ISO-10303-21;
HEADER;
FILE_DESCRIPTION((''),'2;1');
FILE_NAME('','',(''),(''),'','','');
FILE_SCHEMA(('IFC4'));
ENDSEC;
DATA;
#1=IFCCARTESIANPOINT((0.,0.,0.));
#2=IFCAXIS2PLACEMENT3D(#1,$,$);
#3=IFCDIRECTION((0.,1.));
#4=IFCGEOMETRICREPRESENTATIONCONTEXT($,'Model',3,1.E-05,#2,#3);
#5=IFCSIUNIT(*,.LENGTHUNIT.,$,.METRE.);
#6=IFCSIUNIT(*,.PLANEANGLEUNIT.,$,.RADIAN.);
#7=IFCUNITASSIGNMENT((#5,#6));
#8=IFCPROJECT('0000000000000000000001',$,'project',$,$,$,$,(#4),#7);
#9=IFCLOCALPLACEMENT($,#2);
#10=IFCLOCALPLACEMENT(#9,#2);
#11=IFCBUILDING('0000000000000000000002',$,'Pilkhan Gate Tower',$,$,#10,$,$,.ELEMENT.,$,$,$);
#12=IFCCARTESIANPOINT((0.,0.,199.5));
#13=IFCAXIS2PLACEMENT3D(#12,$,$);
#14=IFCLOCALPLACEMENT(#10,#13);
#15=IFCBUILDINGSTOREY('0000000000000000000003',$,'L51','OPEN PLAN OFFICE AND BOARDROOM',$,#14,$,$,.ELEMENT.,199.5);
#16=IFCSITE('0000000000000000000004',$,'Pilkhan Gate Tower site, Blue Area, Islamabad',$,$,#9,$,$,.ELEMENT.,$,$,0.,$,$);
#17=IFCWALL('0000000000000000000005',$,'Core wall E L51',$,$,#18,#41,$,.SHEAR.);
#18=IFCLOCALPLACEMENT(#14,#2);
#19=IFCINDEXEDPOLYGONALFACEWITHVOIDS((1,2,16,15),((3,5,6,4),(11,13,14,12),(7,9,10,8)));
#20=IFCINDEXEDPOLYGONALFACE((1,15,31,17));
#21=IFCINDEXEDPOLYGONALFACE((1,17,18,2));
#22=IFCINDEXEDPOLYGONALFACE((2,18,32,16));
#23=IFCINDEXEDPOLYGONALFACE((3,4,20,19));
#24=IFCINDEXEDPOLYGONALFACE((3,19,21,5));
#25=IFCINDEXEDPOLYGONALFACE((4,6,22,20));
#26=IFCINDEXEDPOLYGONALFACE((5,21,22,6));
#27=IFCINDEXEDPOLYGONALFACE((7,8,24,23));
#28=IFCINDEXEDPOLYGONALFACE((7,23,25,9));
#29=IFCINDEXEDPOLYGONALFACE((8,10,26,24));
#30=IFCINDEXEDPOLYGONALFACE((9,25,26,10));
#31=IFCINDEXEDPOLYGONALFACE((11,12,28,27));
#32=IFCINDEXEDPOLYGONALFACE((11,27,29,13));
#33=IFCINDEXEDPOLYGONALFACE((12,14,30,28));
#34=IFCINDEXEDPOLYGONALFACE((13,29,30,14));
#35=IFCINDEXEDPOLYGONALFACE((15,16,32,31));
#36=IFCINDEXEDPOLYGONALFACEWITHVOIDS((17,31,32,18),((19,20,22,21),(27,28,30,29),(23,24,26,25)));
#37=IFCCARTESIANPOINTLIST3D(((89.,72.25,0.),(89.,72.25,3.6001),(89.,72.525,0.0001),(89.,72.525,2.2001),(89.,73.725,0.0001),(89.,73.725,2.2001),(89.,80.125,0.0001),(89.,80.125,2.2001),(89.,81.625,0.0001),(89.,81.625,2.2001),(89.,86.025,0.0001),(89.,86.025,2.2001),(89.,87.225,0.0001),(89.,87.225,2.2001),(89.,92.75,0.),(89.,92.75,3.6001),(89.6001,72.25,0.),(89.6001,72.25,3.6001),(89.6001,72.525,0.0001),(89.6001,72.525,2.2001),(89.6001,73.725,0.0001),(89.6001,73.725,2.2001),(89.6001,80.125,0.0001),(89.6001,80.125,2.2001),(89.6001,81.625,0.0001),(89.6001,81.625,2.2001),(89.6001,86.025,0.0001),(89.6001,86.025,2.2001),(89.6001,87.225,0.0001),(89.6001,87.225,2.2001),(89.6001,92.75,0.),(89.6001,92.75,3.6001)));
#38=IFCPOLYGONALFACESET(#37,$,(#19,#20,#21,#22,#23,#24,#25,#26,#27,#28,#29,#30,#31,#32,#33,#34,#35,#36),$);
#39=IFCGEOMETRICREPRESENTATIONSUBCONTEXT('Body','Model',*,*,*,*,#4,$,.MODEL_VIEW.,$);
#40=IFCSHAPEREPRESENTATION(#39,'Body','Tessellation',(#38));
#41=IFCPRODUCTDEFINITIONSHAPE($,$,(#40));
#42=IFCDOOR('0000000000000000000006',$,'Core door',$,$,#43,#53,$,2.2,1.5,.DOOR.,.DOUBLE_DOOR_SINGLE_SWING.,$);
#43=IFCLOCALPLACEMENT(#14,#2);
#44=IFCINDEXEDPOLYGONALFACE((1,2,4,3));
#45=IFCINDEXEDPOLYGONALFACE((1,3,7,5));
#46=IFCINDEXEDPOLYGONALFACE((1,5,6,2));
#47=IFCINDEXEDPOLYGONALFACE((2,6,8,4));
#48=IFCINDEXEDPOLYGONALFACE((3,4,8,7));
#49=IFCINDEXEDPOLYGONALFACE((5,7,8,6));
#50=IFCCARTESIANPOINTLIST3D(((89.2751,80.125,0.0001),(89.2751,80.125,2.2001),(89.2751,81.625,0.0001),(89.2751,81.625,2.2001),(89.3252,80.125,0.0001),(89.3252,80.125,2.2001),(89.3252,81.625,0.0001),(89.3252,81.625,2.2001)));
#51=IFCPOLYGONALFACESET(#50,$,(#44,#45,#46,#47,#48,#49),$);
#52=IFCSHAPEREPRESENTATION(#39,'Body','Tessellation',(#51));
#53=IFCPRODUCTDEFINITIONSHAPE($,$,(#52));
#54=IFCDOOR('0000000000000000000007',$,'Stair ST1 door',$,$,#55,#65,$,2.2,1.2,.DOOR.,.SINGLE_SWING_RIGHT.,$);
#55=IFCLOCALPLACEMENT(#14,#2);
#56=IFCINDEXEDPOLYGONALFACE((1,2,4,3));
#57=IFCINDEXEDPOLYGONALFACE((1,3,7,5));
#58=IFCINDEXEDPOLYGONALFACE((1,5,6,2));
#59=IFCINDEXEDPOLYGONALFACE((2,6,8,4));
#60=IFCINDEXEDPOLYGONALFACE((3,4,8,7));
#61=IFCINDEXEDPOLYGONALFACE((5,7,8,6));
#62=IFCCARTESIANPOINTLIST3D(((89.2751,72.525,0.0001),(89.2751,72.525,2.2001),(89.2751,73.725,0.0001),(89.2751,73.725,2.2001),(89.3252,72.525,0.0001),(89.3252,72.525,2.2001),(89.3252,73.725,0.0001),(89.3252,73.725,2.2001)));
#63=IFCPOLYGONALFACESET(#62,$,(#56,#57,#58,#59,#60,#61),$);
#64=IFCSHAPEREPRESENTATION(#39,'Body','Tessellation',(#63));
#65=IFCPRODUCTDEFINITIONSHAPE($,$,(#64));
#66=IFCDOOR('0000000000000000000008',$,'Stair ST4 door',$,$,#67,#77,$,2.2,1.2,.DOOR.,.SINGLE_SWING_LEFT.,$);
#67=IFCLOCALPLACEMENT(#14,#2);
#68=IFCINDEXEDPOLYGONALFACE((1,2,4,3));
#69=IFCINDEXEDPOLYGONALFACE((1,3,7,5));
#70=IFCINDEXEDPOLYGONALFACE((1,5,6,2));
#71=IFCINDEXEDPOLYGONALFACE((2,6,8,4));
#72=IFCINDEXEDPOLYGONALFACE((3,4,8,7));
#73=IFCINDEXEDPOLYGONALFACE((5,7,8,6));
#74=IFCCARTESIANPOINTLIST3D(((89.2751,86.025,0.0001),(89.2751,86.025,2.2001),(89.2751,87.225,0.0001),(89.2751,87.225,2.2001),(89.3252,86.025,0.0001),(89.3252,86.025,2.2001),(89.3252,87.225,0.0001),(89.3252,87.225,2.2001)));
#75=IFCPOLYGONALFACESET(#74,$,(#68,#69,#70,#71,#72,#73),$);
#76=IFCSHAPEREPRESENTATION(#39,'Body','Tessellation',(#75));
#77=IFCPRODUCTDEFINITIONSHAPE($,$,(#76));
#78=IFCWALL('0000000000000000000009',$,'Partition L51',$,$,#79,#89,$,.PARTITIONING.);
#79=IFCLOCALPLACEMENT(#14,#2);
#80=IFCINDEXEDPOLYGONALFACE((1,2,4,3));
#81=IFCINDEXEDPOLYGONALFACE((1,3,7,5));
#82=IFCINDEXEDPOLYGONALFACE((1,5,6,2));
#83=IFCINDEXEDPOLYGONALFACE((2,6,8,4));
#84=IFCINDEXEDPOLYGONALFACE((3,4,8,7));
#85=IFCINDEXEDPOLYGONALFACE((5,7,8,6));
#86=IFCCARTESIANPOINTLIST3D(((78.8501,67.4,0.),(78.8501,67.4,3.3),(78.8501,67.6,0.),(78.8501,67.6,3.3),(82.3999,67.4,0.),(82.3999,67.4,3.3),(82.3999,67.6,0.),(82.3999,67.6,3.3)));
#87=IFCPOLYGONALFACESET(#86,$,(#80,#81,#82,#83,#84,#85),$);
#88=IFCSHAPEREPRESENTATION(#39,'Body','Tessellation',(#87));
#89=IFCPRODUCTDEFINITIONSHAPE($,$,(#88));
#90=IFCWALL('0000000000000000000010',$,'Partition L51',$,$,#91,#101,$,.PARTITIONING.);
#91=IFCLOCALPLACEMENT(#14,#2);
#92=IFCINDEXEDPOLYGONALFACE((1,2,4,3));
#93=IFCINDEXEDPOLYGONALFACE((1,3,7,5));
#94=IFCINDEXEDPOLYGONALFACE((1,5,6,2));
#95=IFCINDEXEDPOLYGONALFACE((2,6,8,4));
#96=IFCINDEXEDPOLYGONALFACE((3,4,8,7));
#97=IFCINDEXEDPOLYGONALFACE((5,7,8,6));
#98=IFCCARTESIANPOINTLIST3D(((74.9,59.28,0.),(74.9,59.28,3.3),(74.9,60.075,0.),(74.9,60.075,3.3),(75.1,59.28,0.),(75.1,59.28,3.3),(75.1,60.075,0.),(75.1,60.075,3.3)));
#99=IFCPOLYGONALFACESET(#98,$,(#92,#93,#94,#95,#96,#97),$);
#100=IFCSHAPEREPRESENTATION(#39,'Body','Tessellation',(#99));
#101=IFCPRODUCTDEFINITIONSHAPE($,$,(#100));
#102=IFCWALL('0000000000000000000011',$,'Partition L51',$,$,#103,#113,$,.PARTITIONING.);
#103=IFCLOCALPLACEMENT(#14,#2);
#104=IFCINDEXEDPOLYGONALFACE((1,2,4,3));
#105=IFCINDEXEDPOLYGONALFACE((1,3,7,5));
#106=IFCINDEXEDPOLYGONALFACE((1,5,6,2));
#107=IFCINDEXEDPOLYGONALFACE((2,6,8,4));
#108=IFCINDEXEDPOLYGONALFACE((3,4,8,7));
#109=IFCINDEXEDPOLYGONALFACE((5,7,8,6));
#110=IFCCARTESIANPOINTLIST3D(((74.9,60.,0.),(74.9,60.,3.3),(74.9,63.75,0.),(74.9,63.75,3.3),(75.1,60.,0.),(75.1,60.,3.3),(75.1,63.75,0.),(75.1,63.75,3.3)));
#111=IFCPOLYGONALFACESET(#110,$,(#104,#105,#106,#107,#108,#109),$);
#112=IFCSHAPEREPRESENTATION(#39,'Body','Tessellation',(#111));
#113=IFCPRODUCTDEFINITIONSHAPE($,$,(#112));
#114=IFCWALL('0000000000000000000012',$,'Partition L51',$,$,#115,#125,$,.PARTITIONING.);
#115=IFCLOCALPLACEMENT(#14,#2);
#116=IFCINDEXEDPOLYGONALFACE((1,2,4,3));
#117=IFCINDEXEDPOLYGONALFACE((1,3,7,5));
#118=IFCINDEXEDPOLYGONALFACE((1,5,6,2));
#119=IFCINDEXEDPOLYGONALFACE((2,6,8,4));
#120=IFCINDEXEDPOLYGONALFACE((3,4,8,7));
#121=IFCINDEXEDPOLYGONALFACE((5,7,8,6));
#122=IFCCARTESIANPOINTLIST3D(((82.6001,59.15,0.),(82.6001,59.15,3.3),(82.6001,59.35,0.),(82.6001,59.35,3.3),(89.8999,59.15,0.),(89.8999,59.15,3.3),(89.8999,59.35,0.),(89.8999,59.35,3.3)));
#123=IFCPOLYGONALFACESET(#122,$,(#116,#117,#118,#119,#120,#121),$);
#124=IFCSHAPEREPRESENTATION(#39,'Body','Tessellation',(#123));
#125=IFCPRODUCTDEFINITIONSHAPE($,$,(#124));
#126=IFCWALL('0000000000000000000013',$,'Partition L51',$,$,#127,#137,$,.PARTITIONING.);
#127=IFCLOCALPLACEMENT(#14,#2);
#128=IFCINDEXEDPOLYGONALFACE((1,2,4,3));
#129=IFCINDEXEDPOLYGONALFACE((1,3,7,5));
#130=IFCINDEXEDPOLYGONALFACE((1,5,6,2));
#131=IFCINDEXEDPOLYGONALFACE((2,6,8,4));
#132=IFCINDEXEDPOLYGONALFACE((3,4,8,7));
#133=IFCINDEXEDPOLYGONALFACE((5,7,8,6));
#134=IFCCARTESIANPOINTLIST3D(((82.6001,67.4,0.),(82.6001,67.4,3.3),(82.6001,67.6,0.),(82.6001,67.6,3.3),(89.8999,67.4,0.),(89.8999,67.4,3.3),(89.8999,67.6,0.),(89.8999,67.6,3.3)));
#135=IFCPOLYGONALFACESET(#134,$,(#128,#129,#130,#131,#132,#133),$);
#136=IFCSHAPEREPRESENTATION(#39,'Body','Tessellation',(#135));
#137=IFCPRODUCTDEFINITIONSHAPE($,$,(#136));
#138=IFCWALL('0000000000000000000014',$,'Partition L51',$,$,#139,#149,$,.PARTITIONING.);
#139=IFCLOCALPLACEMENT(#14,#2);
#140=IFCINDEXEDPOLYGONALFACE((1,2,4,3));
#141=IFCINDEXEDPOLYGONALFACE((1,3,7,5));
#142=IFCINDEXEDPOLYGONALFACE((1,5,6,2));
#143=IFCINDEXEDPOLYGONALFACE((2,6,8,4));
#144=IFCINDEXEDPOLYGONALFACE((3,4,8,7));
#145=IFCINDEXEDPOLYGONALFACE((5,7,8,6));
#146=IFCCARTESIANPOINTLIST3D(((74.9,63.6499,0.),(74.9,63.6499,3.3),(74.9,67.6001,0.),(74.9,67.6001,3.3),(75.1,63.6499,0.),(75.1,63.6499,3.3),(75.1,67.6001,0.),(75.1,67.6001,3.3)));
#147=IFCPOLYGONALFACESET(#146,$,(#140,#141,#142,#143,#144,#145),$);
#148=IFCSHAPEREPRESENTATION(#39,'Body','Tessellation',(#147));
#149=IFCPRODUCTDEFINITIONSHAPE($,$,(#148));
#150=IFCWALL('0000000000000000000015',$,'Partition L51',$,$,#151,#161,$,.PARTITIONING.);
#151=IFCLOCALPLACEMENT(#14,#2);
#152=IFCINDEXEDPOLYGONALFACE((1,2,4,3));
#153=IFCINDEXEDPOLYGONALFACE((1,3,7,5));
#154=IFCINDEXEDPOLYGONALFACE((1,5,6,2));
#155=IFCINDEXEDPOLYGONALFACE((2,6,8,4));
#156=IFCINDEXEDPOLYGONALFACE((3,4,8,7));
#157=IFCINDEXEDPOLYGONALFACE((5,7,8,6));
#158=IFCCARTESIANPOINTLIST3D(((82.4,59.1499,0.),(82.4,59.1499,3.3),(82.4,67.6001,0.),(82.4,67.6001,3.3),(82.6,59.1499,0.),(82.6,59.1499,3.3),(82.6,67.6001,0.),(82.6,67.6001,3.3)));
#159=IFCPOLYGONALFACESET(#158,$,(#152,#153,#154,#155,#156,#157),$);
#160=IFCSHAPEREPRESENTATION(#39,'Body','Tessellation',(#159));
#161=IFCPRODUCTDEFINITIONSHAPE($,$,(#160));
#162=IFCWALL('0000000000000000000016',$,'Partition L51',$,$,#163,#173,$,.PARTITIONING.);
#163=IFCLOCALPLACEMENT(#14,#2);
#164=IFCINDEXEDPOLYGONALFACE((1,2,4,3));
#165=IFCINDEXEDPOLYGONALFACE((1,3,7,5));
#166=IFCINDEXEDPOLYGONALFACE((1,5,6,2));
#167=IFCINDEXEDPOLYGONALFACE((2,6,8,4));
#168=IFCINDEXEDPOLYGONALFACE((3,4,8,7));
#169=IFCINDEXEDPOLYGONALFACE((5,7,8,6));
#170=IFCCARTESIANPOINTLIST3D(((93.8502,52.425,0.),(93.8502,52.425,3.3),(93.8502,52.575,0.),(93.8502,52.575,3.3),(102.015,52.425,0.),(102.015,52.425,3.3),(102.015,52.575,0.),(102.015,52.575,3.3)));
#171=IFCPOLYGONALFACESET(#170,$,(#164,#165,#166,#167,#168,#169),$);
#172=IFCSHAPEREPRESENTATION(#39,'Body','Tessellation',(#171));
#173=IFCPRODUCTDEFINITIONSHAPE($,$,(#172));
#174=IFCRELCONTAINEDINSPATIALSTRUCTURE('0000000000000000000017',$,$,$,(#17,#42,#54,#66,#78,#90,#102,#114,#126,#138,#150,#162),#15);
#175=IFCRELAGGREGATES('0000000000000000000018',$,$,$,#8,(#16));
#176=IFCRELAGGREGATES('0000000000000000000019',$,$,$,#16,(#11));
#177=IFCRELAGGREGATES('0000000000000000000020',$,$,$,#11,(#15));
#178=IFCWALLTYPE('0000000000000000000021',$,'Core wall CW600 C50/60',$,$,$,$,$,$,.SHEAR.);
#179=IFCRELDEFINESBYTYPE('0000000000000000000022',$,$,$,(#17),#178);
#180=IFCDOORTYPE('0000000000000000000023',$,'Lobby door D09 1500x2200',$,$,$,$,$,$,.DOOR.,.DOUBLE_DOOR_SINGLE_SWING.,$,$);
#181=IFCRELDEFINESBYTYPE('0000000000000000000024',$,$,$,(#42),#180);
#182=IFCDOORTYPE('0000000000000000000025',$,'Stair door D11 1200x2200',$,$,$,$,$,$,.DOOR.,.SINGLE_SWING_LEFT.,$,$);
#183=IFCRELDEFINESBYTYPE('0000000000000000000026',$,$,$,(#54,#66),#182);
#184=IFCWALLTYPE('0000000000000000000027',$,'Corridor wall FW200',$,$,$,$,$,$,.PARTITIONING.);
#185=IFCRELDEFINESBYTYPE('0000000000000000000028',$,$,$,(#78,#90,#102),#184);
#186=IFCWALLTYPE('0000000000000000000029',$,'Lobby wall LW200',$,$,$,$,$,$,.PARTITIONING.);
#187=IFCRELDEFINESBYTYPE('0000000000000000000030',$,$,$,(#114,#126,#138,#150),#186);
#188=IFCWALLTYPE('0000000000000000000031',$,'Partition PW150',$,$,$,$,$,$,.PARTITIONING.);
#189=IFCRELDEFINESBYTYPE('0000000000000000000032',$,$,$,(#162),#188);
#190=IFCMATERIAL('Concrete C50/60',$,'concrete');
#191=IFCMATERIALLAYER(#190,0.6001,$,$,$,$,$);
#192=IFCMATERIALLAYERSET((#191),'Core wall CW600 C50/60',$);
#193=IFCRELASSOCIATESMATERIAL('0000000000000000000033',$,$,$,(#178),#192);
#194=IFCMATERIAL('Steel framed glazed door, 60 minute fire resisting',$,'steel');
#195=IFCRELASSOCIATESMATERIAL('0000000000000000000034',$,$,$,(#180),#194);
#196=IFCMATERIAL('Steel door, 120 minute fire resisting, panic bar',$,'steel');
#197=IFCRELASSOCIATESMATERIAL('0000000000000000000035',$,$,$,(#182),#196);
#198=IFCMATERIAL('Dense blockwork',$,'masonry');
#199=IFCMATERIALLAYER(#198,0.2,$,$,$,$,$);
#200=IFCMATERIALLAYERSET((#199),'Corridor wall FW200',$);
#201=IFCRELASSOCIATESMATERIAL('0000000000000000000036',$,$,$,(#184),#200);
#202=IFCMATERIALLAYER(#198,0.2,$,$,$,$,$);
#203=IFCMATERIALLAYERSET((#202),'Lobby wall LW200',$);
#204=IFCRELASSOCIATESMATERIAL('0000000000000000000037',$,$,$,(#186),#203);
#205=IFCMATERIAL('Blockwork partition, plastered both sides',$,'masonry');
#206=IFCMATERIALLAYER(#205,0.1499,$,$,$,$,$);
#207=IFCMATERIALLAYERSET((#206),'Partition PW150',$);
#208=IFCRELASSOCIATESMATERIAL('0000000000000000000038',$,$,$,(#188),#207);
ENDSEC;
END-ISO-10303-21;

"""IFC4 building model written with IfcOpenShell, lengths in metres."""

from ifc_helpers import new_model, si_unit, direction, frame, frame_2d, origin, place, context, subcontext, project, spatial, rectangle, extrude, material, layer, layer_set, type_object, element, fill, save


model = new_model("IFC4")

# Units and contexts
model_context = context("Model", 3, precision=1e-05, world=origin(), true_north=direction((0.0, 1.0)))
body_context = subcontext(model_context, "Body", "Model", "MODEL_VIEW")
ifc_project = project(units=[si_unit("LENGTHUNIT", "METRE"), si_unit("PLANEANGLEUNIT", "RADIAN")], contexts=[model_context])

# Site, building, storey
site_placement = place(None, origin())
site = spatial("IfcSite", under=ifc_project, at=site_placement, Name="Pilkhan Gate Tower site, Blue Area, Islamabad", CompositionType="ELEMENT", RefElevation=0.0)
building_placement = place(site_placement, origin())
building = spatial("IfcBuilding", under=site, at=building_placement, Name="Pilkhan Gate Tower", CompositionType="ELEMENT")
storey_placement = place(building_placement, frame((0.0, 0.0, 199.5)))
storey = spatial("IfcBuildingStorey", under=building, at=storey_placement, Name="L51", Description="OPEN PLAN OFFICE AND BOARDROOM", CompositionType="ELEMENT", Elevation=199.5)

# Shared definitions
ifc_material_1 = material(Name="Concrete C50/60", Category="concrete")

# Wall, openings, doors
ifc_layer_1 = layer(ifc_material_1, 0.6001)
ifc_layer_set_1 = layer_set([ifc_layer_1], Name="Core wall CW600 C50/60")
wall_type_1 = type_object("IfcWallType", Name="Core wall CW600 C50/60", PredefinedType="SHEAR", material=ifc_layer_set_1)
wall_1_placement = place(storey_placement, frame((89.3, 72.25, 0.0), z_axis=(0.0, 0.0, 1.0), x_axis=(0.0, 1.0, 0.0)))
wall_1 = element("IfcWall", 1, at=wall_1_placement, inside=storey, type_object=wall_type_1, Name="Core wall E L51", PredefinedType="SHEAR", context=body_context, shape_type="SweptSolid", body=[
    extrude(rectangle(XDim=20.5, YDim=0.6001, at=frame_2d((10.25, 0.0))), origin(), (0.0, 0.0, 1.0), 3.6001),
])
opening_1_placement = place(wall_1_placement, frame((0.2749, 0.0, 0.0)))
opening_1 = element("IfcOpeningElement", 2, at=opening_1_placement, cuts=wall_1, PredefinedType="OPENING", context=body_context, shape_type="SweptSolid", body=[
    extrude(rectangle(XDim=1.2, YDim=2.2, at=frame_2d((0.6001, 1.1001))), frame((0.0, 0.3101, 0.0), z_axis=(0.0, -1.0, 0.0), x_axis=(1.0, 0.0, 0.0)), (0.0, 0.0, 1.0), 0.6201),
])
opening_2_placement = place(wall_1_placement, frame((13.7749, 0.0, 0.0)))
opening_2 = element("IfcOpeningElement", 3, at=opening_2_placement, cuts=wall_1, PredefinedType="OPENING", context=body_context, shape_type="SweptSolid", body=[
    extrude(rectangle(XDim=1.2, YDim=2.2, at=frame_2d((0.6001, 1.1001))), frame((0.0, 0.3101, 0.0), z_axis=(0.0, -1.0, 0.0), x_axis=(1.0, 0.0, 0.0)), (0.0, 0.0, 1.0), 0.6201),
])
opening_3_placement = place(wall_1_placement, frame((7.875, 0.0, 0.0)))
opening_3 = element("IfcOpeningElement", 4, at=opening_3_placement, cuts=wall_1, PredefinedType="OPENING", context=body_context, shape_type="SweptSolid", body=[
    extrude(rectangle(XDim=1.5, YDim=2.2, at=frame_2d((0.75, 1.1001))), frame((0.0, 0.3101, 0.0), z_axis=(0.0, -1.0, 0.0), x_axis=(1.0, 0.0, 0.0)), (0.0, 0.0, 1.0), 0.6201),
])
ifc_material_2 = material(Name="Steel framed glazed door, 60 minute fire resisting", Category="steel")
door_type_1 = type_object("IfcDoorType", Name="Lobby door D09 1500x2200", OperationType="DOUBLE_DOOR_SINGLE_SWING", PredefinedType="DOOR", material=ifc_material_2)
door_1_placement = place(opening_3_placement, origin())
door_1 = element("IfcDoor", 5, at=door_1_placement, inside=storey, type_object=door_type_1, Name="Core door", OperationType="DOUBLE_DOOR_SINGLE_SWING", OverallHeight=2.2, OverallWidth=1.5, PredefinedType="DOOR", context=body_context, shape_type="SweptSolid", body=[
    extrude(rectangle(XDim=1.5, YDim=2.2, at=frame_2d((0.75, 1.1001))), frame((0.0, 0.0249, 0.0), z_axis=(0.0, -1.0, 0.0), x_axis=(1.0, 0.0, 0.0)), (0.0, 0.0, 1.0), 0.05),
])
fill(opening_3, door_1)
ifc_material_3 = material(Name="Steel door, 120 minute fire resisting, panic bar", Category="steel")
door_type_2 = type_object("IfcDoorType", Name="Stair door D11 1200x2200", OperationType="SINGLE_SWING_LEFT", PredefinedType="DOOR", material=ifc_material_3)
door_2_placement = place(opening_1_placement, origin())
door_2 = element("IfcDoor", 6, at=door_2_placement, inside=storey, type_object=door_type_2, Name="Stair ST1 door", OperationType="SINGLE_SWING_RIGHT", OverallHeight=2.2, OverallWidth=1.2, PredefinedType="DOOR", context=body_context, shape_type="SweptSolid", body=[
    extrude(rectangle(XDim=1.2, YDim=2.2, at=frame_2d((0.6001, 1.1001))), frame((0.0, 0.0249, 0.0), z_axis=(0.0, -1.0, 0.0), x_axis=(1.0, 0.0, 0.0)), (0.0, 0.0, 1.0), 0.05),
])
fill(opening_1, door_2)
door_3_placement = place(opening_2_placement, origin())
door_3 = element("IfcDoor", 7, at=door_3_placement, inside=storey, type_object=door_type_2, Name="Stair ST4 door", OperationType="SINGLE_SWING_LEFT", OverallHeight=2.2, OverallWidth=1.2, PredefinedType="DOOR", context=body_context, shape_type="SweptSolid", body=[
    extrude(rectangle(XDim=1.2, YDim=2.2, at=frame_2d((0.6001, 1.1001))), frame((0.0, 0.0249, 0.0), z_axis=(0.0, -1.0, 0.0), x_axis=(1.0, 0.0, 0.0)), (0.0, 0.0, 1.0), 0.05),
])
fill(opening_2, door_3)

# Walls
ifc_material_4 = material(Name="Dense blockwork", Category="masonry")
ifc_layer_2 = layer(ifc_material_4, 0.2)
ifc_layer_set_2 = layer_set([ifc_layer_2], Name="Corridor wall FW200")
wall_type_2 = type_object("IfcWallType", Name="Corridor wall FW200", PredefinedType="PARTITIONING", material=ifc_layer_set_2)
wall_2_placement = place(storey_placement, frame((78.8501, 67.5, 0.0), z_axis=(0.0, 0.0, 1.0), x_axis=(1.0, 0.0, 0.0)))
element("IfcWall", 8, at=wall_2_placement, inside=storey, type_object=wall_type_2, Name="Partition L51", PredefinedType="PARTITIONING", context=body_context, shape_type="SweptSolid", body=[
    extrude(rectangle(XDim=3.5498, YDim=0.2, at=frame_2d((1.7749, 0.0))), origin(), (0.0, 0.0, 1.0), 3.3),
])
wall_3_placement = place(storey_placement, frame((75.0, 59.28, 0.0), z_axis=(0.0, 0.0, 1.0), x_axis=(0.0, 1.0, 0.0)))
element("IfcWall", 9, at=wall_3_placement, inside=storey, type_object=wall_type_2, Name="Partition L51", PredefinedType="PARTITIONING", context=body_context, shape_type="SweptSolid", body=[
    extrude(rectangle(XDim=0.7949, YDim=0.2, at=frame_2d((0.3975, 0.0))), origin(), (0.0, 0.0, 1.0), 3.3),
])
wall_4_placement = place(storey_placement, frame((75.0, 60.0, 0.0), z_axis=(0.0, 0.0, 1.0), x_axis=(0.0, 1.0, 0.0)))
element("IfcWall", 10, at=wall_4_placement, inside=storey, type_object=wall_type_2, Name="Partition L51", PredefinedType="PARTITIONING", context=body_context, shape_type="SweptSolid", body=[
    extrude(rectangle(XDim=3.75, YDim=0.2, at=frame_2d((1.875, 0.0))), origin(), (0.0, 0.0, 1.0), 3.3),
])
ifc_layer_3 = layer(ifc_material_4, 0.2)
ifc_layer_set_3 = layer_set([ifc_layer_3], Name="Lobby wall LW200")
wall_type_3 = type_object("IfcWallType", Name="Lobby wall LW200", PredefinedType="PARTITIONING", material=ifc_layer_set_3)
for number, where, z_axis, x_axis, name in (
    (11, (82.6001, 59.25, 0.0), (0.0, 0.0, 1.0), (1.0, 0.0, 0.0), "Partition L51"),
    (12, (82.6001, 67.5, 0.0), (0.0, 0.0, 1.0), (1.0, 0.0, 0.0), "Partition L51"),
):
    element("IfcWall", number, at=place(storey_placement, frame(where, z_axis=z_axis, x_axis=x_axis)), inside=storey, type_object=wall_type_3, Name=name, PredefinedType="PARTITIONING", context=body_context, shape_type="SweptSolid", body=[
        extrude(rectangle(XDim=7.2998, YDim=0.2, at=frame_2d((3.6499, 0.0))), origin(), (0.0, 0.0, 1.0), 3.3),
    ])
wall_5_placement = place(storey_placement, frame((75.0, 63.6499, 0.0), z_axis=(0.0, 0.0, 1.0), x_axis=(0.0, 1.0, 0.0)))
element("IfcWall", 13, at=wall_5_placement, inside=storey, type_object=wall_type_3, Name="Partition L51", PredefinedType="PARTITIONING", context=body_context, shape_type="SweptSolid", body=[
    extrude(rectangle(XDim=3.9502, YDim=0.2, at=frame_2d((1.9751, 0.0))), origin(), (0.0, 0.0, 1.0), 3.3),
])
wall_6_placement = place(storey_placement, frame((82.5, 59.1499, 0.0), z_axis=(0.0, 0.0, 1.0), x_axis=(0.0, 1.0, 0.0)))
element("IfcWall", 14, at=wall_6_placement, inside=storey, type_object=wall_type_3, Name="Partition L51", PredefinedType="PARTITIONING", context=body_context, shape_type="SweptSolid", body=[
    extrude(rectangle(XDim=8.4502, YDim=0.2, at=frame_2d((4.2251, 0.0))), origin(), (0.0, 0.0, 1.0), 3.3),
])

# Wall
ifc_material_5 = material(Name="Blockwork partition, plastered both sides", Category="masonry")
ifc_layer_4 = layer(ifc_material_5, 0.1499)
ifc_layer_set_4 = layer_set([ifc_layer_4], Name="Partition PW150")
wall_type_4 = type_object("IfcWallType", Name="Partition PW150", PredefinedType="PARTITIONING", material=ifc_layer_set_4)
wall_7_placement = place(storey_placement, frame((93.8501, 52.5, 0.0), z_axis=(0.0, 0.0, 1.0), x_axis=(1.0, 0.0, 0.0)))
element("IfcWall", 15, at=wall_7_placement, inside=storey, type_object=wall_type_4, Name="Partition L51", PredefinedType="PARTITIONING", context=body_context, shape_type="SweptSolid", body=[
    extrude(rectangle(XDim=8.1648, YDim=0.1499, at=frame_2d((4.0825, 0.0))), origin(), (0.0, 0.0, 1.0), 3.3),
])

save(model, "model.ifc")
